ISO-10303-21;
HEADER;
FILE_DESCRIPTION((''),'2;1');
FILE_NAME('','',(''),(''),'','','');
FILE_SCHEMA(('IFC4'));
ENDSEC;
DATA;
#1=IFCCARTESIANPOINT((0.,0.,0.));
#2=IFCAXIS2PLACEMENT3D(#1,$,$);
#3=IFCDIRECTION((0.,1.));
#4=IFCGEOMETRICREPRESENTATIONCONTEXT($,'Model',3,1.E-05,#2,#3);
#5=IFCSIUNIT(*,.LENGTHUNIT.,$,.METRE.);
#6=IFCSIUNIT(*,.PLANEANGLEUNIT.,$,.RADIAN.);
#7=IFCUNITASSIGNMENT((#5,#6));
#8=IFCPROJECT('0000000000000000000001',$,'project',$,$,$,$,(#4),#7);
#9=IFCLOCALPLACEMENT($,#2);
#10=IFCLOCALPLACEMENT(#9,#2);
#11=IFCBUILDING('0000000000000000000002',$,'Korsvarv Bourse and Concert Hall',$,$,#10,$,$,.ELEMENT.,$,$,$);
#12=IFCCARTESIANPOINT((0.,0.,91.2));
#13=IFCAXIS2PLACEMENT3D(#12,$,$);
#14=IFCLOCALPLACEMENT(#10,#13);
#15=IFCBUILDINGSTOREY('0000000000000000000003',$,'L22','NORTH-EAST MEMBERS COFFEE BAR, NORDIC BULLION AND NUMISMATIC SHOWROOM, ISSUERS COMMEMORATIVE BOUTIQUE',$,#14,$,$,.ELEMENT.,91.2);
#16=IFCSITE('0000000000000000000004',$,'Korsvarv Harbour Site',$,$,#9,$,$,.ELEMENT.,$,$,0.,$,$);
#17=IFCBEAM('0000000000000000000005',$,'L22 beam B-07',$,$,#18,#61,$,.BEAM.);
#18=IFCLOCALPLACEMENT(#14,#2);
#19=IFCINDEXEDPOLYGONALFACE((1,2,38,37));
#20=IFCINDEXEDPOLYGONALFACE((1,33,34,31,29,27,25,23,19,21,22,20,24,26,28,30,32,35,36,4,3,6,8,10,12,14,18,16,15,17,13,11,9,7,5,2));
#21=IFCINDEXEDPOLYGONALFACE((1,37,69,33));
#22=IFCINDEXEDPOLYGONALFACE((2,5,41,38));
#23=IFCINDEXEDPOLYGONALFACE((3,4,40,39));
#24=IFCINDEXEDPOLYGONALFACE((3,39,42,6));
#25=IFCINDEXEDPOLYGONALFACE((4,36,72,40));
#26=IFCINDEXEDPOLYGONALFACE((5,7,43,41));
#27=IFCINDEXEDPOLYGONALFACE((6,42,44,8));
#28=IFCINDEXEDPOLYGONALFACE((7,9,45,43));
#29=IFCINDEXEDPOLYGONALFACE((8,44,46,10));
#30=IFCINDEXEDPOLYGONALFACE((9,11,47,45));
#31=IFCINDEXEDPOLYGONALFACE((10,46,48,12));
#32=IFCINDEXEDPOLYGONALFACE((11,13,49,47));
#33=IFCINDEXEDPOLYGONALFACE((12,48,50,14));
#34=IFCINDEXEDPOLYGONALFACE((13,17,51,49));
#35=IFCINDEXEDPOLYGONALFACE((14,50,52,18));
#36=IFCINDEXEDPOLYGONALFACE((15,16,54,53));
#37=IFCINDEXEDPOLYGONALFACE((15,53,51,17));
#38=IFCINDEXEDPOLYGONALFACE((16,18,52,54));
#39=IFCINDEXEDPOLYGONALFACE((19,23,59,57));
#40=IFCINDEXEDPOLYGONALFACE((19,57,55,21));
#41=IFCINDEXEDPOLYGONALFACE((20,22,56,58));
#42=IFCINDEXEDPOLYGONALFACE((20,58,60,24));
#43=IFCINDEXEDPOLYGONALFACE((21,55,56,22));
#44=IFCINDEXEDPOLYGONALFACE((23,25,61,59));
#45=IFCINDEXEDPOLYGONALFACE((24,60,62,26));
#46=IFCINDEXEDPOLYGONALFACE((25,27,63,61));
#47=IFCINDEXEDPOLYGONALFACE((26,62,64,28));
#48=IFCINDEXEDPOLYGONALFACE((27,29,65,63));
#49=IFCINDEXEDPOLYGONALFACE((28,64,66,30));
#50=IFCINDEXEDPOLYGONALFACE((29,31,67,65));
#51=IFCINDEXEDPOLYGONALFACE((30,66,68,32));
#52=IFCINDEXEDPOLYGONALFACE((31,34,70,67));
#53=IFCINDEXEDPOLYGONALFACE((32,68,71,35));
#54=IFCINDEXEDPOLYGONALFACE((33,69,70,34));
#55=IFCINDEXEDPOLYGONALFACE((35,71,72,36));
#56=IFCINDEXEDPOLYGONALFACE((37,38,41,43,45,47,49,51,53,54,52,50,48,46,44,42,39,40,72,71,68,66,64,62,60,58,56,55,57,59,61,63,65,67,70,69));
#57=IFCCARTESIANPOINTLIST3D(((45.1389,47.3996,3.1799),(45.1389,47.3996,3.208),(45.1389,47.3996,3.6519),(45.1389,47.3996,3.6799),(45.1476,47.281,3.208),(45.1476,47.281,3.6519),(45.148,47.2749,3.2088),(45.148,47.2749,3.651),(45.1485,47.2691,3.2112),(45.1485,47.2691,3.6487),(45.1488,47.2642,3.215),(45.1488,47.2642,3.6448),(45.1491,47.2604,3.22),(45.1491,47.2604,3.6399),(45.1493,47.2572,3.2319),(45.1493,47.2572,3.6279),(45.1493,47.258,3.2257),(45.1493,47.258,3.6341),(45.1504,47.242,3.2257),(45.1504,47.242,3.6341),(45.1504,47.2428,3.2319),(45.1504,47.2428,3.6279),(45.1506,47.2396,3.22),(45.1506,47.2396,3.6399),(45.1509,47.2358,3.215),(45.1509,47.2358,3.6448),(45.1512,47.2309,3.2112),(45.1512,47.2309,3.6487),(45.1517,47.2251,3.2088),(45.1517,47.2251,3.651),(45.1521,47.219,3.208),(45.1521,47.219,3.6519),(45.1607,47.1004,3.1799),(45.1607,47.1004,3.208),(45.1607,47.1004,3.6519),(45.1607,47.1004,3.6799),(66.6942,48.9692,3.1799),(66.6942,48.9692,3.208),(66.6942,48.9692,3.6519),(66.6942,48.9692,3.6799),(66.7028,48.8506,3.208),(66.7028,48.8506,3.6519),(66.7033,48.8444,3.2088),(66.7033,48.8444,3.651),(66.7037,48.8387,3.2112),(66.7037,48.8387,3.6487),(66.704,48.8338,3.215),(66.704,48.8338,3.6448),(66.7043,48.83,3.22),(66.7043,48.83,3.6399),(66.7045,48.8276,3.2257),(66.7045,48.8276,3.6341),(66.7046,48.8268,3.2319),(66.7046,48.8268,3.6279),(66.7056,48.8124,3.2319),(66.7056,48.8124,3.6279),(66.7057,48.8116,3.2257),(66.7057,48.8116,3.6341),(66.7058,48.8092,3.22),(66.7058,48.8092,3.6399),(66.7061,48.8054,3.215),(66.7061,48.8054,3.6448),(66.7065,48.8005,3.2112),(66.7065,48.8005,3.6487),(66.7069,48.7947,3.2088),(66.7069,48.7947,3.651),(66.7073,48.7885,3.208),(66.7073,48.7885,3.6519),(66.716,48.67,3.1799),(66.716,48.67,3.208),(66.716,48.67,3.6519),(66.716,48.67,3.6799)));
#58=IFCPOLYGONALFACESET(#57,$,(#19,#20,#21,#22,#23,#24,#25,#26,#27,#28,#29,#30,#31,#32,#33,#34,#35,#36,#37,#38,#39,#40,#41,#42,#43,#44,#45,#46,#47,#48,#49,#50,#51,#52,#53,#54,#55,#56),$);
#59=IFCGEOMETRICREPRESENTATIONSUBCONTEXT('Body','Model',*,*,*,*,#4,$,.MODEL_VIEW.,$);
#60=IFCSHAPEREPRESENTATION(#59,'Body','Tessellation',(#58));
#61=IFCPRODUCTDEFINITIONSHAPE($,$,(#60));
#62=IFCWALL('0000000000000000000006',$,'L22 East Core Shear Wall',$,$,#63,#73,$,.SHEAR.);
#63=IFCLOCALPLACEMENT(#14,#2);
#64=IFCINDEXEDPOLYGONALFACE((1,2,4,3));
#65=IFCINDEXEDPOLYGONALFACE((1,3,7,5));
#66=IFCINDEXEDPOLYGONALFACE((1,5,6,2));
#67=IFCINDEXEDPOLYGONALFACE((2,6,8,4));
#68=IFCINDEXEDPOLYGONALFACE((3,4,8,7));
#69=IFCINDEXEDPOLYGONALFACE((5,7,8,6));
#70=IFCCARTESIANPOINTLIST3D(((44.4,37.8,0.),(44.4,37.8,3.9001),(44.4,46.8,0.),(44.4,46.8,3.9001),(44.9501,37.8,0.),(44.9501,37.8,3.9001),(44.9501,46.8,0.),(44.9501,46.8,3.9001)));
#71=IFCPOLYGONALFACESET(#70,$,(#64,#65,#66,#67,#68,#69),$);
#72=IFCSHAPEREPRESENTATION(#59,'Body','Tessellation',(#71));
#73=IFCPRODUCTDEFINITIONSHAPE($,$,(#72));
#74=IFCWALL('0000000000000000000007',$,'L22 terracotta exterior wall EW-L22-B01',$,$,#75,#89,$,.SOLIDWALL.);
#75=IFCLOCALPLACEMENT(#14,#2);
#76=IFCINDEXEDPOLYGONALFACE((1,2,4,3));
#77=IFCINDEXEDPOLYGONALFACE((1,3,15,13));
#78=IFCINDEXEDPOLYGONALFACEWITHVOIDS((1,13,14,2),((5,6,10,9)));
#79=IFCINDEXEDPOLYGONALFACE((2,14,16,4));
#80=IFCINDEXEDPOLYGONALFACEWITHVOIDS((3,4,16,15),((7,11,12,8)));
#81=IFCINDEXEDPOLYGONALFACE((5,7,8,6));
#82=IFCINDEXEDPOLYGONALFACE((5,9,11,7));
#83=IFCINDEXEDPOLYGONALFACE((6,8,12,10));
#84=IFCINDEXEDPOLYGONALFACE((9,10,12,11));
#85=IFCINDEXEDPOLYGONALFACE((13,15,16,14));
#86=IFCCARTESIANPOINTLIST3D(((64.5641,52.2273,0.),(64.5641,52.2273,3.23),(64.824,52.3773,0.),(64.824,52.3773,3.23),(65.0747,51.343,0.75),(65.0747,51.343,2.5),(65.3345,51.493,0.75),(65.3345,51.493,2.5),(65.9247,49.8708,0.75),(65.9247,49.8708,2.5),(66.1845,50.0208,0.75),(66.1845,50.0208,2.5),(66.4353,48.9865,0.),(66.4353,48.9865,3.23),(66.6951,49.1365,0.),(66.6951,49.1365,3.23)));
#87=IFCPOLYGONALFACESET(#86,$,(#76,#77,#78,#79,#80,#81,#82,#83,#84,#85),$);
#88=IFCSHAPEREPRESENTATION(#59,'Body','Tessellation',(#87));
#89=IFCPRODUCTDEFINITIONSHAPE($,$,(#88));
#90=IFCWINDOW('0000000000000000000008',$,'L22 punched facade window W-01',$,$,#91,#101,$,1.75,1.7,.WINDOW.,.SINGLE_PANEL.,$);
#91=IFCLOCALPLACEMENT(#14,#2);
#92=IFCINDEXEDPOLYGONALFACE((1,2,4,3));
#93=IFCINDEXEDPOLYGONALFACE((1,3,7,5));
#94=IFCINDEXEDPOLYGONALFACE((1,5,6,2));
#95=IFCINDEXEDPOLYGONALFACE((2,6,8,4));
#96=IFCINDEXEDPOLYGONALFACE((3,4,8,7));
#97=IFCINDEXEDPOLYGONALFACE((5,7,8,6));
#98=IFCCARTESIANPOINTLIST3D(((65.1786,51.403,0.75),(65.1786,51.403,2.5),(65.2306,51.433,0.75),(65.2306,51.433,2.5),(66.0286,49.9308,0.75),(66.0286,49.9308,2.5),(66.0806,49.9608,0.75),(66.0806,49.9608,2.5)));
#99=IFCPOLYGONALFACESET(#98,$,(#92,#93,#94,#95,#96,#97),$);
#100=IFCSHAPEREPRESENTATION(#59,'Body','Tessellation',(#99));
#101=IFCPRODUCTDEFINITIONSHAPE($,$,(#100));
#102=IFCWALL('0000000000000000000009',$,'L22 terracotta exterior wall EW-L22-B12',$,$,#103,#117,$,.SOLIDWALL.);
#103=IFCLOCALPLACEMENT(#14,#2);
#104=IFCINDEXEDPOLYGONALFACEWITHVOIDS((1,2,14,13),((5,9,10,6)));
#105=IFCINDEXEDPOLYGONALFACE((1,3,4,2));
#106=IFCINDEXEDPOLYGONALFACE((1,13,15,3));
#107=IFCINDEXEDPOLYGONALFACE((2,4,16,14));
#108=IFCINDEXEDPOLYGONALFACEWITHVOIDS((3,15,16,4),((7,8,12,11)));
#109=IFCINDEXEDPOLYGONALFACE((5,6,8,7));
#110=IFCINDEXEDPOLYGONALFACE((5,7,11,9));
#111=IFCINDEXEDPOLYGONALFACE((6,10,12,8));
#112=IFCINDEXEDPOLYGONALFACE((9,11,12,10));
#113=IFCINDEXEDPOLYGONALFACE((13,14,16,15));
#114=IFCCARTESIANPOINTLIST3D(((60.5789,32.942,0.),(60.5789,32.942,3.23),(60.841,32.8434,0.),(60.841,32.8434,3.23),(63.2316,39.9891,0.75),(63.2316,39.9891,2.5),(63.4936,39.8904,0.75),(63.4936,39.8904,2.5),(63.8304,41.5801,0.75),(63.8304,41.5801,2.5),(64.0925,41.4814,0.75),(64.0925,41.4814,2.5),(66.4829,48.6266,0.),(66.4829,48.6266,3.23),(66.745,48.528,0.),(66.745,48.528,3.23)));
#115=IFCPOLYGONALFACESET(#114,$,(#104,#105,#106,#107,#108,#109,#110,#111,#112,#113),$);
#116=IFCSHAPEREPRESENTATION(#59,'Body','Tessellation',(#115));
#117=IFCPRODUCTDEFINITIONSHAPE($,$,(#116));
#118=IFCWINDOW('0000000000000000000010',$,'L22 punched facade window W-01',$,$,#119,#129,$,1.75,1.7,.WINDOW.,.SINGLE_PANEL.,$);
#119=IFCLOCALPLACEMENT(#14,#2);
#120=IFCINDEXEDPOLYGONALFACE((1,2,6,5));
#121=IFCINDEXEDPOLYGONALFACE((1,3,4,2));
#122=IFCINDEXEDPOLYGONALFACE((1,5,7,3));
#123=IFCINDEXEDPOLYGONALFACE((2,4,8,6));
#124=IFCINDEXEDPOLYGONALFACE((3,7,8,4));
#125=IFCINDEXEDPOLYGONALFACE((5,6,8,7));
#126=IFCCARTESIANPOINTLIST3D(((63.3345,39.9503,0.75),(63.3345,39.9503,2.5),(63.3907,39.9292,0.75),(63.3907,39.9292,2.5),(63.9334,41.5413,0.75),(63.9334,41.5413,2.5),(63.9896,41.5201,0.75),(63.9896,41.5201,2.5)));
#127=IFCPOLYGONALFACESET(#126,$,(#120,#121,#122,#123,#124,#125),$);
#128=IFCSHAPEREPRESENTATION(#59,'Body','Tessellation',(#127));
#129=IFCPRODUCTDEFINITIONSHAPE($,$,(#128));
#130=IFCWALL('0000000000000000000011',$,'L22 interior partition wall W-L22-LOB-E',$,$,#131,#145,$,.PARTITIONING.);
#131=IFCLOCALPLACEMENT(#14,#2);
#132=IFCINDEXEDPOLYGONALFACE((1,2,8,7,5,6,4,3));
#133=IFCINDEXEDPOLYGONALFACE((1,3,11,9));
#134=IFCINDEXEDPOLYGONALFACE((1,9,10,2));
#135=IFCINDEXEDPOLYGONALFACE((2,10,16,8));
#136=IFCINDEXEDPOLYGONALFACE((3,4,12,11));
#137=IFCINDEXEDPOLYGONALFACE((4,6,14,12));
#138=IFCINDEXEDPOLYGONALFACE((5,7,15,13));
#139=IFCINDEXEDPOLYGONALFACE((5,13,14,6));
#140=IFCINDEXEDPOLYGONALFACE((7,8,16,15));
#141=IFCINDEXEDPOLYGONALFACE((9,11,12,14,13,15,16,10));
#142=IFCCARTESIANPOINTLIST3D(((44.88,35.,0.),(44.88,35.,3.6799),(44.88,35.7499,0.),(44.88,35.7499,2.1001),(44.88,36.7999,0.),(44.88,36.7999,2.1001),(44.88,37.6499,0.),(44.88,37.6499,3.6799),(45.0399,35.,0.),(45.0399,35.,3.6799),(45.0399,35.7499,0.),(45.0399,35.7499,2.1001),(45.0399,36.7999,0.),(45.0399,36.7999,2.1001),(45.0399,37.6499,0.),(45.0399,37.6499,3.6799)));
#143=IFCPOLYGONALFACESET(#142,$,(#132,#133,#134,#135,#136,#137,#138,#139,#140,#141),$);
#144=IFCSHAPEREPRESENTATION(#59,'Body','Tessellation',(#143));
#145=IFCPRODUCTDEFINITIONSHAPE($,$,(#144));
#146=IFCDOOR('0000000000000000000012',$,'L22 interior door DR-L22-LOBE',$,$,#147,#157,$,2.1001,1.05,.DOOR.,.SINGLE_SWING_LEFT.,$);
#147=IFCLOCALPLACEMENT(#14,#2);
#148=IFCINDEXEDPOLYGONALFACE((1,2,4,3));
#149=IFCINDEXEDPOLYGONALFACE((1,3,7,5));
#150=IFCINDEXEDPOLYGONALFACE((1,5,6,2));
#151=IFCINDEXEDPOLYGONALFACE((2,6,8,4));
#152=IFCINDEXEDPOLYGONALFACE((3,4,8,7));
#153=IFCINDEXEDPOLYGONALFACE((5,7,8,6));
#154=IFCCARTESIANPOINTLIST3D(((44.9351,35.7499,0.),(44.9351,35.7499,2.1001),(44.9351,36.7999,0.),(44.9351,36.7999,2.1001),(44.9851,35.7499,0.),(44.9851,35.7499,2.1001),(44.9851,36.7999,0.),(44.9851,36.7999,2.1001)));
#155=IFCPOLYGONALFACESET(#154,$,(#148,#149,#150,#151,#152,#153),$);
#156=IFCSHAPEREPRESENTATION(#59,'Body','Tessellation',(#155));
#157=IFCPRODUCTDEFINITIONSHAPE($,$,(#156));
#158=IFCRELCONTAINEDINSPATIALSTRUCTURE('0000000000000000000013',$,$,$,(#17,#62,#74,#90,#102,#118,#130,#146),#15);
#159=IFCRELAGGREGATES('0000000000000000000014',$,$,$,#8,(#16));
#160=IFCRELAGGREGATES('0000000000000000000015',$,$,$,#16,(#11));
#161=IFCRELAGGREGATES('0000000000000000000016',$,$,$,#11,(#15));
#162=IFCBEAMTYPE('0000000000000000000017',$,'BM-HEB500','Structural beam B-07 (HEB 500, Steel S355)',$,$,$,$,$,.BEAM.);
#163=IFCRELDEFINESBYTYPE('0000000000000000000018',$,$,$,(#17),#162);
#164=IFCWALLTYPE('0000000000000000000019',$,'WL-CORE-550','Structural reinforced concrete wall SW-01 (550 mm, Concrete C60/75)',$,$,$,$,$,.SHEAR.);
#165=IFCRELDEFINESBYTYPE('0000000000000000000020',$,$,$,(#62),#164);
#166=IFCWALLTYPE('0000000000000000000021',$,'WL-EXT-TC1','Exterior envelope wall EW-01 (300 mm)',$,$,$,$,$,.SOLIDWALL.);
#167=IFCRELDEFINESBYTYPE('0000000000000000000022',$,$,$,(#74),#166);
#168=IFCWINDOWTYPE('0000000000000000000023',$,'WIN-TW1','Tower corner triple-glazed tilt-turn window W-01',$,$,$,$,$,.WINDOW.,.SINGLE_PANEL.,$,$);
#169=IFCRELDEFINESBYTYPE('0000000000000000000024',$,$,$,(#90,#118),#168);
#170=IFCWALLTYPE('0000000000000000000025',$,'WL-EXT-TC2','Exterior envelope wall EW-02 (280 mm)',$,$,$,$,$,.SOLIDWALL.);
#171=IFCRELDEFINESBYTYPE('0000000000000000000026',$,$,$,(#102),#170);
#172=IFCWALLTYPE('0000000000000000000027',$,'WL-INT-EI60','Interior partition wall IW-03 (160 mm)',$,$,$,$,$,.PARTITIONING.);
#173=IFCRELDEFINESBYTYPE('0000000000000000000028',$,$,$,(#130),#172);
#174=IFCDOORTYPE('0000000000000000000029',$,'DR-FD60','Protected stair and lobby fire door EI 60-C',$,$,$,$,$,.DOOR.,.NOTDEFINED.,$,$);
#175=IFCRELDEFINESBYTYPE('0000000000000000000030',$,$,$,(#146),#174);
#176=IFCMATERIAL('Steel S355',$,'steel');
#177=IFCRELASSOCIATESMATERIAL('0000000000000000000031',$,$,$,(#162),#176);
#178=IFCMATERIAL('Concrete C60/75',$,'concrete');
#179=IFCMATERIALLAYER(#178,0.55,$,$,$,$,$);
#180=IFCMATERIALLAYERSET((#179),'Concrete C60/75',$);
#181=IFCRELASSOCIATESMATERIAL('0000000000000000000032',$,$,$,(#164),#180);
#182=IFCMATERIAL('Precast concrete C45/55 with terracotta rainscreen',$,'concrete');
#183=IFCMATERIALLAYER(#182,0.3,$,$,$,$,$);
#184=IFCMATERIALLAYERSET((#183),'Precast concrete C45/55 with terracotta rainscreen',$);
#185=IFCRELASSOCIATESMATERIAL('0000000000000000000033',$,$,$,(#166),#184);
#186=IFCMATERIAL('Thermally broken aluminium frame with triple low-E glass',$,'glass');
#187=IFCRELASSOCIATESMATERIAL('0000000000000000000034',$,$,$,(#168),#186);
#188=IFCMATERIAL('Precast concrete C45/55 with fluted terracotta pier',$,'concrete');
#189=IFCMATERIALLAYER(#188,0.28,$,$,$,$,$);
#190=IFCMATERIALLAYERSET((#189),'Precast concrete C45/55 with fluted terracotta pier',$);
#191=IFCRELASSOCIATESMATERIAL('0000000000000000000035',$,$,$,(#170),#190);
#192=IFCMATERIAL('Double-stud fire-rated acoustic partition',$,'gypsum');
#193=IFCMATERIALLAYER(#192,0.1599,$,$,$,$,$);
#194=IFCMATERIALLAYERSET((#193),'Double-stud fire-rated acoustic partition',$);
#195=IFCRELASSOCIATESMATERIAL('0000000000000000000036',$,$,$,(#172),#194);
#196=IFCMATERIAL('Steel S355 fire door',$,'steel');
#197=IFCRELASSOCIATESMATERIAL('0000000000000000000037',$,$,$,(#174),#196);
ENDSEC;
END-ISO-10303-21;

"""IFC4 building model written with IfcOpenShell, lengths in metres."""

from ifc_helpers import new_model, si_unit, direction, frame, frame_2d, origin, origin_2d, place, context, subcontext, project, spatial, rectangle, i_section, extrude, source, transform, mapped, material, layer, layer_set, material_profile, profile_set, type_object, element, fill, save


model = new_model("IFC4")

# Units and contexts
model_context = context("Model", 3, precision=1e-05, world=origin(), true_north=direction((0.0, 1.0)))
body_context = subcontext(model_context, "Body", "Model", "MODEL_VIEW")
ifc_project = project(units=[si_unit("LENGTHUNIT", "METRE"), si_unit("PLANEANGLEUNIT", "RADIAN")], contexts=[model_context])

# Site, building, storey
site_placement = place(None, origin())
site = spatial("IfcSite", under=ifc_project, at=site_placement, Name="Korsvarv Harbour Site", CompositionType="ELEMENT", RefElevation=0.0)
building_placement = place(site_placement, origin())
building = spatial("IfcBuilding", under=site, at=building_placement, Name="Korsvarv Bourse and Concert Hall", CompositionType="ELEMENT")
storey_placement = place(building_placement, frame((0.0, 0.0, 91.2)))
storey = spatial("IfcBuildingStorey", under=building, at=storey_placement, Name="L22", Description="NORTH-EAST MEMBERS COFFEE BAR, NORDIC BULLION AND NUMISMATIC SHOWROOM, ISSUERS COMMEMORATIVE BOUTIQUE", CompositionType="ELEMENT", Elevation=91.2)

# Shared definitions
ifc_material_1 = material(Name="Concrete C60/75", Category="concrete")

# Beam
ifc_material_2 = material(Name="Steel S355", Category="steel")
ifc_material_profile_1 = material_profile(ifc_material_2, i_section(OverallWidth=0.3, OverallDepth=0.5, WebThickness=0.0144, FlangeThickness=0.0281, FilletRadius=0.0239, at=origin_2d()), Name="HEB 500")
ifc_profile_set_1 = profile_set([ifc_material_profile_1], Name="Steel S355")
beam_type_1 = type_object("IfcBeamType", Name="BM-HEB500", Description="Structural beam B-07 (HEB 500, Steel S355)", PredefinedType="BEAM", material=ifc_profile_set_1)
shared_shape_1 = source(origin(), body_context, "Body", "SweptSolid", [
    extrude(i_section(OverallWidth=0.3, OverallDepth=0.5, WebThickness=0.0144, FlangeThickness=0.0281, FilletRadius=0.0239, at=origin_2d()), origin(), (0.0, 0.0, 1.0), 21.6123),
])
beam_1_placement = place(storey_placement, frame((66.7051, 48.8196, 3.4299), z_axis=(-0.997359, -0.072625, 0.0), x_axis=(0.072625, -0.997359, 0.0)))
element("IfcBeam", 1, at=beam_1_placement, inside=storey, type_object=beam_type_1, Name="L22 beam B-07", PredefinedType="BEAM", context=body_context, shape_type="MappedRepresentation", body=[
    mapped(shared_shape_1, transform((0.0, 0.0, 0.0), scale=1.0)),
])

# Wall
ifc_layer_1 = layer(ifc_material_1, 0.55)
ifc_layer_set_1 = layer_set([ifc_layer_1], Name="Concrete C60/75")
wall_type_1 = type_object("IfcWallType", Name="WL-CORE-550", Description="Structural reinforced concrete wall SW-01 (550 mm, Concrete C60/75)", PredefinedType="SHEAR", material=ifc_layer_set_1)
wall_1_placement = place(storey_placement, frame((44.675, 37.8, 0.0), z_axis=(0.0, 0.0, 1.0), x_axis=(0.0, 1.0, 0.0)))
element("IfcWall", 2, at=wall_1_placement, inside=storey, type_object=wall_type_1, Name="L22 East Core Shear Wall", PredefinedType="SHEAR", context=body_context, shape_type="SweptSolid", body=[
    extrude(rectangle(XDim=9.0, YDim=0.55, at=frame_2d((4.5, 0.0))), origin(), (0.0, 0.0, 1.0), 3.9001),
])

# Walls, openings, windows
ifc_material_3 = material(Name="Precast concrete C45/55 with terracotta rainscreen", Category="concrete")
ifc_layer_2 = layer(ifc_material_3, 0.3)
ifc_layer_set_2 = layer_set([ifc_layer_2], Name="Precast concrete C45/55 with terracotta rainscreen")
wall_type_2 = type_object("IfcWallType", Name="WL-EXT-TC1", Description="Exterior envelope wall EW-01 (300 mm)", PredefinedType="SOLIDWALL", material=ifc_layer_set_2)
wall_2_placement = place(storey_placement, frame((66.5652, 49.0615, 0.0), z_axis=(0.0, 0.0, 1.0), x_axis=(-0.500012, 0.866018, 0.0)))
wall_2 = element("IfcWall", 3, at=wall_2_placement, inside=storey, type_object=wall_type_2, Name="L22 terracotta exterior wall EW-L22-B01", PredefinedType="SOLIDWALL", context=body_context, shape_type="SweptSolid", body=[
    extrude(rectangle(XDim=3.7422, YDim=0.3, at=frame_2d((1.8711, 0.0))), origin(), (0.0, 0.0, 1.0), 3.23),
])
opening_1_placement = place(wall_2_placement, frame((1.021, 0.0, 0.75)))
opening_1 = element("IfcOpeningElement", 4, at=opening_1_placement, cuts=wall_2, PredefinedType="OPENING", context=body_context, shape_type="SweptSolid", body=[
    extrude(rectangle(XDim=1.7, YDim=1.75, at=frame_2d((0.8501, 0.875))), frame((0.0, 0.1602, 0.0), z_axis=(0.0, -1.0, 0.0), x_axis=(1.0, 0.0, 0.0)), (0.0, 0.0, 1.0), 0.3201),
])
ifc_material_4 = material(Name="Thermally broken aluminium frame with triple low-E glass", Category="glass")
window_type = type_object("IfcWindowType", Name="WIN-TW1", Description="Tower corner triple-glazed tilt-turn window W-01", PartitioningType="SINGLE_PANEL", PredefinedType="WINDOW", material=ifc_material_4)
window_1_placement = place(opening_1_placement, origin())
window_1 = element("IfcWindow", 5, at=window_1_placement, inside=storey, type_object=window_type, Name="L22 punched facade window W-01", OverallHeight=1.75, OverallWidth=1.7, PartitioningType="SINGLE_PANEL", PredefinedType="WINDOW", context=body_context, shape_type="SweptSolid", body=[
    extrude(rectangle(XDim=1.7, YDim=1.75, at=frame_2d((0.8501, 0.875))), frame((0.0, 0.03, 0.0), z_axis=(0.0, -1.0, 0.0), x_axis=(1.0, 0.0, 0.0)), (0.0, 0.0, 1.0), 0.0601),
])
fill(opening_1, window_1)
ifc_material_5 = material(Name="Precast concrete C45/55 with fluted terracotta pier", Category="concrete")
ifc_layer_3 = layer(ifc_material_5, 0.28)
ifc_layer_set_3 = layer_set([ifc_layer_3], Name="Precast concrete C45/55 with fluted terracotta pier")
wall_type_3 = type_object("IfcWallType", Name="WL-EXT-TC2", Description="Exterior envelope wall EW-02 (280 mm)", PredefinedType="SOLIDWALL", material=ifc_layer_set_3)
wall_3_placement = place(storey_placement, frame((60.71, 32.8928, 0.0), z_axis=(0.0, 0.0, 1.0), x_axis=(0.352292, 0.93589, 0.0)))
wall_3 = element("IfcWall", 6, at=wall_3_placement, inside=storey, type_object=wall_type_3, Name="L22 terracotta exterior wall EW-L22-B12", PredefinedType="SOLIDWALL", context=body_context, shape_type="SweptSolid", body=[
    extrude(rectangle(XDim=16.759, YDim=0.28, at=frame_2d((8.3794, 0.0))), origin(), (0.0, 0.0, 1.0), 3.23),
])
opening_2_placement = place(wall_3_placement, frame((7.5295, 0.0, 0.75)))
opening_2 = element("IfcOpeningElement", 7, at=opening_2_placement, cuts=wall_3, PredefinedType="OPENING", context=body_context, shape_type="SweptSolid", body=[
    extrude(rectangle(XDim=1.7, YDim=1.75, at=frame_2d((0.8501, 0.875))), frame((0.0, 0.1499, 0.0), z_axis=(0.0, -1.0, 0.0), x_axis=(1.0, 0.0, 0.0)), (0.0, 0.0, 1.0), 0.3),
])
window_2_placement = place(opening_2_placement, origin())
window_2 = element("IfcWindow", 8, at=window_2_placement, inside=storey, type_object=window_type, Name="L22 punched facade window W-01", OverallHeight=1.75, OverallWidth=1.7, PartitioningType="SINGLE_PANEL", PredefinedType="WINDOW", context=body_context, shape_type="SweptSolid", body=[
    extrude(rectangle(XDim=1.7, YDim=1.75, at=frame_2d((0.8501, 0.875))), frame((0.0, 0.03, 0.0), z_axis=(0.0, -1.0, 0.0), x_axis=(1.0, 0.0, 0.0)), (0.0, 0.0, 1.0), 0.0601),
])
fill(opening_2, window_2)

# Wall, opening, door
ifc_material_6 = material(Name="Double-stud fire-rated acoustic partition", Category="gypsum")
ifc_layer_4 = layer(ifc_material_6, 0.1599)
ifc_layer_set_4 = layer_set([ifc_layer_4], Name="Double-stud fire-rated acoustic partition")
wall_type_4 = type_object("IfcWallType", Name="WL-INT-EI60", Description="Interior partition wall IW-03 (160 mm)", PredefinedType="PARTITIONING", material=ifc_layer_set_4)
wall_4_placement = place(storey_placement, frame((44.96, 35.0, 0.0), z_axis=(0.0, 0.0, 1.0), x_axis=(0.0, 1.0, 0.0)))
wall_4 = element("IfcWall", 9, at=wall_4_placement, inside=storey, type_object=wall_type_4, Name="L22 interior partition wall W-L22-LOB-E", PredefinedType="PARTITIONING", context=body_context, shape_type="SweptSolid", body=[
    extrude(rectangle(XDim=2.6499, YDim=0.1599, at=frame_2d((1.325, 0.0))), origin(), (0.0, 0.0, 1.0), 3.6799),
])
opening_3_placement = place(wall_4_placement, frame((0.75, 0.0, 0.0)))
opening_3 = element("IfcOpeningElement", 10, at=opening_3_placement, cuts=wall_4, PredefinedType="OPENING", context=body_context, shape_type="SweptSolid", body=[
    extrude(rectangle(XDim=1.05, YDim=2.1001, at=frame_2d((0.5249, 1.05))), frame((0.0, 0.0898, 0.0), z_axis=(0.0, -1.0, 0.0), x_axis=(1.0, 0.0, 0.0)), (0.0, 0.0, 1.0), 0.1799),
])
ifc_material_7 = material(Name="Steel S355 fire door", Category="steel")
door_type_1 = type_object("IfcDoorType", Name="DR-FD60", Description="Protected stair and lobby fire door EI 60-C", OperationType="NOTDEFINED", PredefinedType="DOOR", material=ifc_material_7)
door_1_placement = place(opening_3_placement, origin())
door_1 = element("IfcDoor", 11, at=door_1_placement, inside=storey, type_object=door_type_1, Name="L22 interior door DR-L22-LOBE", OperationType="SINGLE_SWING_LEFT", OverallHeight=2.1001, OverallWidth=1.05, PredefinedType="DOOR", context=body_context, shape_type="SweptSolid", body=[
    extrude(rectangle(XDim=1.05, YDim=2.1001, at=frame_2d((0.5249, 1.05))), frame((0.0, 0.0249, 0.0), z_axis=(0.0, -1.0, 0.0), x_axis=(1.0, 0.0, 0.0)), (0.0, 0.0, 1.0), 0.05),
])
fill(opening_3, door_1)

save(model, "model.ifc")
